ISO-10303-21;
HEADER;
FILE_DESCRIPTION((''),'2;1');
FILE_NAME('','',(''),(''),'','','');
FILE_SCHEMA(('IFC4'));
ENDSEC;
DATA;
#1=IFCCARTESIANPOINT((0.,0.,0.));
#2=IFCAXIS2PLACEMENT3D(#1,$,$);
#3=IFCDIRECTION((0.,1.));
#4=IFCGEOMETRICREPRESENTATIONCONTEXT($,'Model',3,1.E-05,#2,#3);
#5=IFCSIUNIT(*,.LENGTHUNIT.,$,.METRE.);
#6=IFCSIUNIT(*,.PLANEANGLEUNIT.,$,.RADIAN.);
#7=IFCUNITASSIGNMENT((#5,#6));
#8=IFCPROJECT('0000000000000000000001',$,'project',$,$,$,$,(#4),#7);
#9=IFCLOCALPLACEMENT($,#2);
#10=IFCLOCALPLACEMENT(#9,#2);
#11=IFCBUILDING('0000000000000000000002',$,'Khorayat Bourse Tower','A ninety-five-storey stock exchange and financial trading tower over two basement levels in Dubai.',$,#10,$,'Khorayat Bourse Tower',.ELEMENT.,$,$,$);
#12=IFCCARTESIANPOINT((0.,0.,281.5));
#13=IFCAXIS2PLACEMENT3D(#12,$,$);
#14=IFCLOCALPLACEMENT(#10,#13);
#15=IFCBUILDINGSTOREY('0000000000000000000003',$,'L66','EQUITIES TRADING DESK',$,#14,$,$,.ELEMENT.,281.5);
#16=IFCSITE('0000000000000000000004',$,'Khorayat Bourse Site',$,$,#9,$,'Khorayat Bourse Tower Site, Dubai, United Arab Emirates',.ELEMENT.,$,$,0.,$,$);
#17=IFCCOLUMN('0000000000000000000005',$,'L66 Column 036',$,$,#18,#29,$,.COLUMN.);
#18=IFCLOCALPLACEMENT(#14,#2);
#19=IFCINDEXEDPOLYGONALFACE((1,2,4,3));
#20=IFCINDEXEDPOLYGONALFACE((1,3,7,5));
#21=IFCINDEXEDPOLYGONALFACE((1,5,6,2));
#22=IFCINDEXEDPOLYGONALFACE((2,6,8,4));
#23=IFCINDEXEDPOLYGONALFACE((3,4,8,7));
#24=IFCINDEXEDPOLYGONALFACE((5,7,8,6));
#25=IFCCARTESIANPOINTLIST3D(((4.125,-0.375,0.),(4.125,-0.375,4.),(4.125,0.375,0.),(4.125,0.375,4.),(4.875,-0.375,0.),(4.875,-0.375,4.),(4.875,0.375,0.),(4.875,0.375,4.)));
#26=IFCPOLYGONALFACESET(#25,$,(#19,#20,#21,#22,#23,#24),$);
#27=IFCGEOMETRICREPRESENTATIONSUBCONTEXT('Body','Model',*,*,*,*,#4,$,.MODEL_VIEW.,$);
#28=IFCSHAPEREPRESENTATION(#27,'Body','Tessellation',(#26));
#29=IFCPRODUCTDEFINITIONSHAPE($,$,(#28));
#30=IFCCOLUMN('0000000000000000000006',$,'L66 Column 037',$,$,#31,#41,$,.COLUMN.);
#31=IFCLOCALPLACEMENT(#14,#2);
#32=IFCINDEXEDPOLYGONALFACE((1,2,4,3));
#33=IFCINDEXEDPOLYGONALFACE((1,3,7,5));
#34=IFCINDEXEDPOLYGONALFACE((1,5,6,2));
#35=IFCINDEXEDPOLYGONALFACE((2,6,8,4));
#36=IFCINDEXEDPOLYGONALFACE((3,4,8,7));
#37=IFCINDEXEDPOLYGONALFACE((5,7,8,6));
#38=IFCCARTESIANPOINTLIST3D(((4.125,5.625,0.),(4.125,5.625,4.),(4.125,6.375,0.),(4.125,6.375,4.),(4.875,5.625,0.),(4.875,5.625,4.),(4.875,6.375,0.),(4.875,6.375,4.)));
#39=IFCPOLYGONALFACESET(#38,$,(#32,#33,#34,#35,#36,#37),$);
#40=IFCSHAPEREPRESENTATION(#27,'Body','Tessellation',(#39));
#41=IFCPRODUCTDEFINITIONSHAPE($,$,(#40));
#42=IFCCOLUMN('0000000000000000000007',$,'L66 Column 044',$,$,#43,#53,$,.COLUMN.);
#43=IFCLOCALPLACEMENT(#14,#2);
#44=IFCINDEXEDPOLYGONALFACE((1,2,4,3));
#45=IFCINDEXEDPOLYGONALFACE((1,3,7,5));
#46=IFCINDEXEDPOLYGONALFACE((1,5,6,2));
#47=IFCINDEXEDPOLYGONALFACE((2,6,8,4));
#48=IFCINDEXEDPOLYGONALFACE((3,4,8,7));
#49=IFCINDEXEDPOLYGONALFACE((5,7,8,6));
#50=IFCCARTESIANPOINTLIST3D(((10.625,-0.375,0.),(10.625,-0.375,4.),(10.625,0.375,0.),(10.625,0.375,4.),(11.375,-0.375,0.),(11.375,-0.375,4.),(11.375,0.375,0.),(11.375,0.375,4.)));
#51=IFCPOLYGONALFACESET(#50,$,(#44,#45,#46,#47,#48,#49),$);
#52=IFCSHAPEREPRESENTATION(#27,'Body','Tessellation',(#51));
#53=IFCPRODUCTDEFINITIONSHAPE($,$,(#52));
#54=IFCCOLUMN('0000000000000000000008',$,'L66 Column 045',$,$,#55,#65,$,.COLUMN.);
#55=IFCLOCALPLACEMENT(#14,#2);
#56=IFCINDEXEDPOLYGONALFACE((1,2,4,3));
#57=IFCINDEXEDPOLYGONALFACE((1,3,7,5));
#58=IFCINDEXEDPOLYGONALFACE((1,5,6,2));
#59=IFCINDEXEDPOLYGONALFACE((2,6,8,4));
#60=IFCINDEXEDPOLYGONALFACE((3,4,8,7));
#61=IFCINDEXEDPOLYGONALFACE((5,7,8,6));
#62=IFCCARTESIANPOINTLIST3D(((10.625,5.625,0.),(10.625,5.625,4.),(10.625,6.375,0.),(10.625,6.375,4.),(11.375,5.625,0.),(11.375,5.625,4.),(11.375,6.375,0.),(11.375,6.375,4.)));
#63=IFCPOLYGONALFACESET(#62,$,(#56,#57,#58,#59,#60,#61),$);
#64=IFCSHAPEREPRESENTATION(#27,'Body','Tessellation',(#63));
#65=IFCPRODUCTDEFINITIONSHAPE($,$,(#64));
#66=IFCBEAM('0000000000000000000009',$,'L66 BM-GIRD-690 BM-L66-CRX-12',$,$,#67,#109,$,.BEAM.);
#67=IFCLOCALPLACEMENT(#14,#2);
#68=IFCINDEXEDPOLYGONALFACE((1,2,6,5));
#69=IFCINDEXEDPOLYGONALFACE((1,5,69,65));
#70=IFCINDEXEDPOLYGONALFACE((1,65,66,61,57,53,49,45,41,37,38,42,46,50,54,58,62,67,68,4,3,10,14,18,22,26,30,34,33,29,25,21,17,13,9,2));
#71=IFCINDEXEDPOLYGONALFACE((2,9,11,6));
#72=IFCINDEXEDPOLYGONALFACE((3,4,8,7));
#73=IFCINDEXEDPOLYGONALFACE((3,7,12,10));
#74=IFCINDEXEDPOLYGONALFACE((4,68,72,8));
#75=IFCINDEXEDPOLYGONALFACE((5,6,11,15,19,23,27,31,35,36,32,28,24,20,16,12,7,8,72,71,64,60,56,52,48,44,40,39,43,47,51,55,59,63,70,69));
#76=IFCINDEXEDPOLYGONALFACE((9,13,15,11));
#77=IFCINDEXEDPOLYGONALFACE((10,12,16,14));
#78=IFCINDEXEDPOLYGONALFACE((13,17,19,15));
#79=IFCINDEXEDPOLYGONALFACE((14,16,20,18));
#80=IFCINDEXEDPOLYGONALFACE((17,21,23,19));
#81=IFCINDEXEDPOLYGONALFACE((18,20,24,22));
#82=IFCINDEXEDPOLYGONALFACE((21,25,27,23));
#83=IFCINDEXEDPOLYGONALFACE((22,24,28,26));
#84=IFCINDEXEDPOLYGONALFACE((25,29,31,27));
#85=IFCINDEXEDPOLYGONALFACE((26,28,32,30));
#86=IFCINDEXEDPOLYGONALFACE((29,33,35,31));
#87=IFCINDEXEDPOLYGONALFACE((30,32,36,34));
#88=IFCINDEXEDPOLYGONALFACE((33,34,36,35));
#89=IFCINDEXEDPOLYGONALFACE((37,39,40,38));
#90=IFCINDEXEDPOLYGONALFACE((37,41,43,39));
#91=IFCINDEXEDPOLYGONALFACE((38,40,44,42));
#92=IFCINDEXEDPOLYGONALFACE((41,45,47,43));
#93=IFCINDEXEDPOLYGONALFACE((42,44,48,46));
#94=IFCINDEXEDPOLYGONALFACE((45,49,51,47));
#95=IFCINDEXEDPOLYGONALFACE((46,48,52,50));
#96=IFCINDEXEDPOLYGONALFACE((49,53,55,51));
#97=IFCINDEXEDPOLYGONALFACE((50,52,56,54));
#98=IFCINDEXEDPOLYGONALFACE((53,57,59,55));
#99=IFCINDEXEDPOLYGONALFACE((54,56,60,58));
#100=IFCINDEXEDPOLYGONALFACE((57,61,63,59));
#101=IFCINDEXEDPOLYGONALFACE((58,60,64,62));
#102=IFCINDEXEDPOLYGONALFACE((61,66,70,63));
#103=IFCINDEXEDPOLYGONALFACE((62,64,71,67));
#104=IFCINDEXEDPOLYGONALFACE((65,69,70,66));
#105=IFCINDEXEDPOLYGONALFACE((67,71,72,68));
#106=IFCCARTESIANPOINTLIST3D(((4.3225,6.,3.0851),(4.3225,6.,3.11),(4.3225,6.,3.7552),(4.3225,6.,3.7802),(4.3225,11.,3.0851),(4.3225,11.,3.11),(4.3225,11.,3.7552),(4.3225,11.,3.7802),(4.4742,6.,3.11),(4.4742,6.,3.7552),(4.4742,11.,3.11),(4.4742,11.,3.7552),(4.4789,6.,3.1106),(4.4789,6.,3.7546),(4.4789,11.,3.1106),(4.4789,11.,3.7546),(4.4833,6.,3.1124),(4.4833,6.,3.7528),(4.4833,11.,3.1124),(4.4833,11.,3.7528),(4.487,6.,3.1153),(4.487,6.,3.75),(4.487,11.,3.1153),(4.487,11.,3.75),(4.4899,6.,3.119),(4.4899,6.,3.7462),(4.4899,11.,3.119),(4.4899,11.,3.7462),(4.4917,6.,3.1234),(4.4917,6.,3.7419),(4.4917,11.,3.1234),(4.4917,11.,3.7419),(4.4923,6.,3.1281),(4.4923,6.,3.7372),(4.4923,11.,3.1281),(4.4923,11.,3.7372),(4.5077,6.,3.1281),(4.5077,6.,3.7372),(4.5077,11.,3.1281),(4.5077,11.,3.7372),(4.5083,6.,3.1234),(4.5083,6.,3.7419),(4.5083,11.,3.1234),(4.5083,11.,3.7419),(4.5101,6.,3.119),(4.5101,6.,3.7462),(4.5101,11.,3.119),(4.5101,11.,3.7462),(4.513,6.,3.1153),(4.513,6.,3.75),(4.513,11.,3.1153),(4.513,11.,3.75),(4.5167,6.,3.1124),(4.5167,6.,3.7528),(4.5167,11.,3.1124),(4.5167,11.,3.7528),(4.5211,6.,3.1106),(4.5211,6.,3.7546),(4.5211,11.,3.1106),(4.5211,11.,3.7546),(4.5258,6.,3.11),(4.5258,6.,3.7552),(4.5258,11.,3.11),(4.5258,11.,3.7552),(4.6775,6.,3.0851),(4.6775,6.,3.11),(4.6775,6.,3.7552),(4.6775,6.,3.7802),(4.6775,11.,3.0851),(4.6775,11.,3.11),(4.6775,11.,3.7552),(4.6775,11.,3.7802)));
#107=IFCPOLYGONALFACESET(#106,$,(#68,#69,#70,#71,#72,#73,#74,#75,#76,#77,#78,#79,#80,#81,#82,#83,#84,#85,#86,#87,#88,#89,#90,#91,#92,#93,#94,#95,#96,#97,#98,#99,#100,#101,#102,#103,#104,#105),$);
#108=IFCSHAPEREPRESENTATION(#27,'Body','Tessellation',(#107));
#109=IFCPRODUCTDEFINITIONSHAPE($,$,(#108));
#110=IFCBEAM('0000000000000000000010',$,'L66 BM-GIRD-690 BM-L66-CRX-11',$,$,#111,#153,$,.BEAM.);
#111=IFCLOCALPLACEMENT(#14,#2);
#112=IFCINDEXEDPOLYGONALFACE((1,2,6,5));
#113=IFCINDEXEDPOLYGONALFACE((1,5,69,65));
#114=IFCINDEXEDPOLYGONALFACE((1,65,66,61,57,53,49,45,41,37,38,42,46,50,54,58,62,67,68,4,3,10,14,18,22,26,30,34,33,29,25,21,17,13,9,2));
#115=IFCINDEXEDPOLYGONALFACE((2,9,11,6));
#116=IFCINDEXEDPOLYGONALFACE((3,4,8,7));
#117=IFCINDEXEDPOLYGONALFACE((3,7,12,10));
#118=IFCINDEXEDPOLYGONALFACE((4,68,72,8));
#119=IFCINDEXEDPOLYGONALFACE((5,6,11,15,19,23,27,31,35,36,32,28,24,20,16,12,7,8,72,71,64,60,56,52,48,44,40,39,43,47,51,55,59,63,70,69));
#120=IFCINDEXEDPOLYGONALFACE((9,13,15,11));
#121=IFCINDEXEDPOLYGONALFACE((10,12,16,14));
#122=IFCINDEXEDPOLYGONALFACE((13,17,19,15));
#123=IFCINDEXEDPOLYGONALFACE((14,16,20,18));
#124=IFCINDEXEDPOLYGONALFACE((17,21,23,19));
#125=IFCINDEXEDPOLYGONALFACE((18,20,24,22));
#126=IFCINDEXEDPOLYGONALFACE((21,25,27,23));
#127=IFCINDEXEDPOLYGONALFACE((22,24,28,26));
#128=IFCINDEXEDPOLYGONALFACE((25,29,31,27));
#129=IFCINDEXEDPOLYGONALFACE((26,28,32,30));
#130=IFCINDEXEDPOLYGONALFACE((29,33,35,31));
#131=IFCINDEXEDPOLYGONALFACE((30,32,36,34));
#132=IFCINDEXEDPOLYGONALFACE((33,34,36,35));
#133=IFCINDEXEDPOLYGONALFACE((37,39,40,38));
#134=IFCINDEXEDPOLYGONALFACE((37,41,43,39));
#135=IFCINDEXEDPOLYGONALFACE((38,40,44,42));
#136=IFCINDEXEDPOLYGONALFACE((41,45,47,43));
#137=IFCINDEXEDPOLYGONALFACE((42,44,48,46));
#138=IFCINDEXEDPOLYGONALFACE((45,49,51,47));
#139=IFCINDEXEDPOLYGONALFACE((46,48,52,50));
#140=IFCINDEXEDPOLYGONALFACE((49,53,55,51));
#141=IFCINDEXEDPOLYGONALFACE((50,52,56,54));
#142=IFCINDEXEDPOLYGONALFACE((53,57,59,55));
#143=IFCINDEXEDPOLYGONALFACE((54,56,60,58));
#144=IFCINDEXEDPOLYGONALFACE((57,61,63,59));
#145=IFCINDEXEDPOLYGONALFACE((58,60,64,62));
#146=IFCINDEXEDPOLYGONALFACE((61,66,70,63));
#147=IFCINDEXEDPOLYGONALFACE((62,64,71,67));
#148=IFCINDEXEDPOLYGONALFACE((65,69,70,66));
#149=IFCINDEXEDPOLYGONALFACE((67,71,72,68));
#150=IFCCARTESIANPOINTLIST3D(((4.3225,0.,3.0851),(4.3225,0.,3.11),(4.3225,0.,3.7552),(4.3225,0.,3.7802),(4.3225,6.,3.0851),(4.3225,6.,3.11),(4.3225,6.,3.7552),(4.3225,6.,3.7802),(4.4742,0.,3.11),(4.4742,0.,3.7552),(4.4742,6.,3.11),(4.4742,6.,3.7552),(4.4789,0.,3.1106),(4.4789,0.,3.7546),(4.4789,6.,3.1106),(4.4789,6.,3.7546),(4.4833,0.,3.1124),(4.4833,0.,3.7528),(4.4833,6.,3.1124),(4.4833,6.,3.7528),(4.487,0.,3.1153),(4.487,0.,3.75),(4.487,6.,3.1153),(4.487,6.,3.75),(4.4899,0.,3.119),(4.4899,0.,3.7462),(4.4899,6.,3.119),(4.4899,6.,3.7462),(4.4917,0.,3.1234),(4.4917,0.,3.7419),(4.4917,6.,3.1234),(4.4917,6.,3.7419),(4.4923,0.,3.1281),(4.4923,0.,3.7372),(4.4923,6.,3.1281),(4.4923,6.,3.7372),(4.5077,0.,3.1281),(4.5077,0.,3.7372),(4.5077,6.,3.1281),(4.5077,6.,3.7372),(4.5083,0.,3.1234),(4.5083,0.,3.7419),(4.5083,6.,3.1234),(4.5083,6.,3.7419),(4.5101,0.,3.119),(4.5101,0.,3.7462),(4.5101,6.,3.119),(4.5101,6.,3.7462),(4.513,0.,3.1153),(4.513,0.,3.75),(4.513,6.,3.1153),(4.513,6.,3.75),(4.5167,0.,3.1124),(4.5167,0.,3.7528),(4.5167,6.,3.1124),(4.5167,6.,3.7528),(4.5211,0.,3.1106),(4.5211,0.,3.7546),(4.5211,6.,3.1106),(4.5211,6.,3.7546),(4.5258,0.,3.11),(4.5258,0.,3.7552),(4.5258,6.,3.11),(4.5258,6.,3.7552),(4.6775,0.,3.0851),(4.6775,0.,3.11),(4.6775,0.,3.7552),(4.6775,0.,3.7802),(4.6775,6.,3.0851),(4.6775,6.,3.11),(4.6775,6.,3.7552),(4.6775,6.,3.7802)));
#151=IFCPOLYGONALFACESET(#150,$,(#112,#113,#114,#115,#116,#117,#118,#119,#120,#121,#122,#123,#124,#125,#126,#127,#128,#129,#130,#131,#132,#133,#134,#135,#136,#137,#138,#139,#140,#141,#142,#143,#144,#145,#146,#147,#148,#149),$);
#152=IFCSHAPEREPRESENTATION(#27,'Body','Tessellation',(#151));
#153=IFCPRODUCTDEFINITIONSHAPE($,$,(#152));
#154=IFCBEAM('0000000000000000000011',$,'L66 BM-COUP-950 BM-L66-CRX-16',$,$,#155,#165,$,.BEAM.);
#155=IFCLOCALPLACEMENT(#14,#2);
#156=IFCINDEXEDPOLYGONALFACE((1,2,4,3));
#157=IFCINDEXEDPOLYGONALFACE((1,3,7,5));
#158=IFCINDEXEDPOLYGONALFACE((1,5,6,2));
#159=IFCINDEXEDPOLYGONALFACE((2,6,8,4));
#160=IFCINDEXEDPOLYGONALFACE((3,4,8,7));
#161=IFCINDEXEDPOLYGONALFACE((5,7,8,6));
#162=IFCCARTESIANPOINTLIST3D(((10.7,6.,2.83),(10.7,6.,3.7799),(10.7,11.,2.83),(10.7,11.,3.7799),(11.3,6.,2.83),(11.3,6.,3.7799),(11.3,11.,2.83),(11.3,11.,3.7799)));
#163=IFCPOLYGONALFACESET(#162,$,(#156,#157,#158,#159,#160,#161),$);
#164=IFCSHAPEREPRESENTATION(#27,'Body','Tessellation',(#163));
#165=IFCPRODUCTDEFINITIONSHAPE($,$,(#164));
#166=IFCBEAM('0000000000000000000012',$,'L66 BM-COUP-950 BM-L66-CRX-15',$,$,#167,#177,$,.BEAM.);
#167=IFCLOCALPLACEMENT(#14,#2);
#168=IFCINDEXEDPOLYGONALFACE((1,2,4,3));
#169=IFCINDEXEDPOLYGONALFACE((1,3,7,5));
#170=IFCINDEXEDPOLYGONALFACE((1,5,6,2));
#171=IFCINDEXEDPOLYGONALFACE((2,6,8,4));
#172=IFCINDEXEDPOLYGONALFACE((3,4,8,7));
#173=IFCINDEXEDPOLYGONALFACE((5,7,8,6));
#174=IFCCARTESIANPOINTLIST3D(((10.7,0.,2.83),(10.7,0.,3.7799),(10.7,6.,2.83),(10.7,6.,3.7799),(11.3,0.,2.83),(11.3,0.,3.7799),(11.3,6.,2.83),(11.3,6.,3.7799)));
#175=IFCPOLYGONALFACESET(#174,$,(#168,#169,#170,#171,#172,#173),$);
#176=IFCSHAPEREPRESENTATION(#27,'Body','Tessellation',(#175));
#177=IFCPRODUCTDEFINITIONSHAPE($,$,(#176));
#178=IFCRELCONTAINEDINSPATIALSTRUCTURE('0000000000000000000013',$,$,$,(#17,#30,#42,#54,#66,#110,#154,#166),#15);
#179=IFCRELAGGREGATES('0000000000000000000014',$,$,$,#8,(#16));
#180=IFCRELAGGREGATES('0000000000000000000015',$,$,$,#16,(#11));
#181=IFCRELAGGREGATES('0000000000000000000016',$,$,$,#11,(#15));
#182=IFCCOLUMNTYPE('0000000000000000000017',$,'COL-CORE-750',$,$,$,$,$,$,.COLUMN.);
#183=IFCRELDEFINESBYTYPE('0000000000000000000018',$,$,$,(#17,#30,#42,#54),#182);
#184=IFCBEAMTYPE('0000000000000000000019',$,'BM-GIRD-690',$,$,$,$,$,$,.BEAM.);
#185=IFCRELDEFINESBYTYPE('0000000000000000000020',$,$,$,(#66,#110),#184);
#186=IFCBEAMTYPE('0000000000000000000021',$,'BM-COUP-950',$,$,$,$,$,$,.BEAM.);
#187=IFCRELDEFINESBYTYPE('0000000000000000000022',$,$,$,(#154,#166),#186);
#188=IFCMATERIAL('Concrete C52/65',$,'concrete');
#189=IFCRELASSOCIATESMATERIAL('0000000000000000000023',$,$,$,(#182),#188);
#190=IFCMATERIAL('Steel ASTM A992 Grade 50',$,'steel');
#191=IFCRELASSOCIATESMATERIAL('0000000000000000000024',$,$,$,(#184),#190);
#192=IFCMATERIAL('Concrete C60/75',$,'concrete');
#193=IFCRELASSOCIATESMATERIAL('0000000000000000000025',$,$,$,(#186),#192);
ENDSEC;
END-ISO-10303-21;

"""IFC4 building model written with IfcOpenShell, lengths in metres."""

from ifc_helpers import new_model, si_unit, direction, frame, origin, origin_2d, place, context, subcontext, project, spatial, rectangle, i_section, extrude, source, transform, mapped, material, material_profile, profile_set, type_object, element, save


model = new_model("IFC4")

# Units and contexts
model_context = context("Model", 3, precision=1e-05, world=origin(), true_north=direction((0.0, 1.0)))
body_context = subcontext(model_context, "Body", "Model", "MODEL_VIEW")
ifc_project = project(units=[si_unit("LENGTHUNIT", "METRE"), si_unit("PLANEANGLEUNIT", "RADIAN")], contexts=[model_context])

# Site, building, storey
site_placement = place(None, origin())
site = spatial("IfcSite", under=ifc_project, at=site_placement, Name="Khorayat Bourse Site", LongName="Khorayat Bourse Tower Site, Dubai, United Arab Emirates", CompositionType="ELEMENT", RefElevation=0.0)
building_placement = place(site_placement, origin())
building = spatial("IfcBuilding", under=site, at=building_placement, Name="Khorayat Bourse Tower", Description="A ninety-five-storey stock exchange and financial trading tower over two basement levels in Dubai.", LongName="Khorayat Bourse Tower", CompositionType="ELEMENT")
storey_placement = place(building_placement, frame((0.0, 0.0, 281.5)))
storey = spatial("IfcBuildingStorey", under=building, at=storey_placement, Name="L66", Description="EQUITIES TRADING DESK", CompositionType="ELEMENT", Elevation=281.5)

# Columns
ifc_material_1 = material(Name="Concrete C52/65", Category="concrete")
ifc_material_profile_1 = material_profile(ifc_material_1, rectangle(XDim=0.75, YDim=0.75, at=origin_2d()), Name="RC 750x750")
ifc_profile_set_1 = profile_set([ifc_material_profile_1], Name="Concrete C52/65")
column_type = type_object("IfcColumnType", Name="COL-CORE-750", PredefinedType="COLUMN", material=ifc_profile_set_1)
shared_shape_1 = source(origin(), body_context, "Body", "SweptSolid", [
    extrude(rectangle(XDim=0.75, YDim=0.75, at=origin_2d()), origin(), (0.0, 0.0, 1.0), 4.0),
])
for number, where, z_axis, x_axis, name in (
    (1, (4.5, 0.0, 0.0), (0.0, 0.0, 1.0), (1.0, 0.0, 0.0), "L66 Column 036"),
    (2, (4.5, 6.0, 0.0), (0.0, 0.0, 1.0), (1.0, 0.0, 0.0), "L66 Column 037"),
    (3, (11.0, 0.0, 0.0), (0.0, 0.0, 1.0), (1.0, 0.0, 0.0), "L66 Column 044"),
    (4, (11.0, 6.0, 0.0), (0.0, 0.0, 1.0), (1.0, 0.0, 0.0), "L66 Column 045"),
):
    element("IfcColumn", number, at=place(storey_placement, frame(where, z_axis=z_axis, x_axis=x_axis)), inside=storey, type_object=column_type, Name=name, PredefinedType="COLUMN", context=body_context, shape_type="MappedRepresentation", body=[
        mapped(shared_shape_1, transform((0.0, 0.0, 0.0), scale=1.0)),
    ])

# Beams
ifc_material_2 = material(Name="Steel ASTM A992 Grade 50", Category="steel")
ifc_material_profile_2 = material_profile(ifc_material_2, i_section(OverallWidth=0.355, OverallDepth=0.6951, WebThickness=0.0154, FlangeThickness=0.0249, FilletRadius=0.0181, at=origin_2d()), Name="W690X217")
ifc_profile_set_2 = profile_set([ifc_material_profile_2], Name="Steel ASTM A992 Grade 50")
beam_type_1 = type_object("IfcBeamType", Name="BM-GIRD-690", PredefinedType="BEAM", material=ifc_profile_set_2)
shared_shape_2 = source(origin(), body_context, "Body", "SweptSolid", [
    extrude(i_section(OverallWidth=0.355, OverallDepth=0.6951, WebThickness=0.0154, FlangeThickness=0.0249, FilletRadius=0.0181, at=origin_2d()), origin(), (0.0, 0.0, 1.0), 5.0),
])
beam_1_placement = place(storey_placement, frame((4.5, 6.0, 3.4326), z_axis=(0.0, 1.0, 0.0), x_axis=(-1.0, 0.0, 0.0)))
element("IfcBeam", 5, at=beam_1_placement, inside=storey, type_object=beam_type_1, Name="L66 BM-GIRD-690 BM-L66-CRX-12", PredefinedType="BEAM", context=body_context, shape_type="MappedRepresentation", body=[
    mapped(shared_shape_2, transform((0.0, 0.0, 0.0), scale=1.0)),
])
shared_shape_3 = source(origin(), body_context, "Body", "SweptSolid", [
    extrude(i_section(OverallWidth=0.355, OverallDepth=0.6951, WebThickness=0.0154, FlangeThickness=0.0249, FilletRadius=0.0181, at=origin_2d()), origin(), (0.0, 0.0, 1.0), 6.0),
])
beam_2_placement = place(storey_placement, frame((4.5, 0.0, 3.4326), z_axis=(0.0, 1.0, 0.0), x_axis=(-1.0, 0.0, 0.0)))
element("IfcBeam", 6, at=beam_2_placement, inside=storey, type_object=beam_type_1, Name="L66 BM-GIRD-690 BM-L66-CRX-11", PredefinedType="BEAM", context=body_context, shape_type="MappedRepresentation", body=[
    mapped(shared_shape_3, transform((0.0, 0.0, 0.0), scale=1.0)),
])
ifc_material_3 = material(Name="Concrete C60/75", Category="concrete")
ifc_material_profile_3 = material_profile(ifc_material_3, rectangle(XDim=0.6001, YDim=0.95, at=origin_2d()), Name="RC 600x950")
ifc_profile_set_3 = profile_set([ifc_material_profile_3], Name="Concrete C60/75")
beam_type_2 = type_object("IfcBeamType", Name="BM-COUP-950", PredefinedType="BEAM", material=ifc_profile_set_3)
shared_shape_4 = source(origin(), body_context, "Body", "SweptSolid", [
    extrude(rectangle(XDim=0.6001, YDim=0.95, at=origin_2d()), origin(), (0.0, 0.0, 1.0), 5.0),
])
beam_3_placement = place(storey_placement, frame((11.0, 6.0, 3.3049), z_axis=(0.0, 1.0, 0.0), x_axis=(-1.0, 0.0, 0.0)))
element("IfcBeam", 7, at=beam_3_placement, inside=storey, type_object=beam_type_2, Name="L66 BM-COUP-950 BM-L66-CRX-16", PredefinedType="BEAM", context=body_context, shape_type="MappedRepresentation", body=[
    mapped(shared_shape_4, transform((0.0, 0.0, 0.0), scale=1.0)),
])
shared_shape_5 = source(origin(), body_context, "Body", "SweptSolid", [
    extrude(rectangle(XDim=0.6001, YDim=0.95, at=origin_2d()), origin(), (0.0, 0.0, 1.0), 6.0),
])
beam_4_placement = place(storey_placement, frame((11.0, 0.0, 3.3049), z_axis=(0.0, 1.0, 0.0), x_axis=(-1.0, 0.0, 0.0)))
element("IfcBeam", 8, at=beam_4_placement, inside=storey, type_object=beam_type_2, Name="L66 BM-COUP-950 BM-L66-CRX-15", PredefinedType="BEAM", context=body_context, shape_type="MappedRepresentation", body=[
    mapped(shared_shape_5, transform((0.0, 0.0, 0.0), scale=1.0)),
])

save(model, "model.ifc")
